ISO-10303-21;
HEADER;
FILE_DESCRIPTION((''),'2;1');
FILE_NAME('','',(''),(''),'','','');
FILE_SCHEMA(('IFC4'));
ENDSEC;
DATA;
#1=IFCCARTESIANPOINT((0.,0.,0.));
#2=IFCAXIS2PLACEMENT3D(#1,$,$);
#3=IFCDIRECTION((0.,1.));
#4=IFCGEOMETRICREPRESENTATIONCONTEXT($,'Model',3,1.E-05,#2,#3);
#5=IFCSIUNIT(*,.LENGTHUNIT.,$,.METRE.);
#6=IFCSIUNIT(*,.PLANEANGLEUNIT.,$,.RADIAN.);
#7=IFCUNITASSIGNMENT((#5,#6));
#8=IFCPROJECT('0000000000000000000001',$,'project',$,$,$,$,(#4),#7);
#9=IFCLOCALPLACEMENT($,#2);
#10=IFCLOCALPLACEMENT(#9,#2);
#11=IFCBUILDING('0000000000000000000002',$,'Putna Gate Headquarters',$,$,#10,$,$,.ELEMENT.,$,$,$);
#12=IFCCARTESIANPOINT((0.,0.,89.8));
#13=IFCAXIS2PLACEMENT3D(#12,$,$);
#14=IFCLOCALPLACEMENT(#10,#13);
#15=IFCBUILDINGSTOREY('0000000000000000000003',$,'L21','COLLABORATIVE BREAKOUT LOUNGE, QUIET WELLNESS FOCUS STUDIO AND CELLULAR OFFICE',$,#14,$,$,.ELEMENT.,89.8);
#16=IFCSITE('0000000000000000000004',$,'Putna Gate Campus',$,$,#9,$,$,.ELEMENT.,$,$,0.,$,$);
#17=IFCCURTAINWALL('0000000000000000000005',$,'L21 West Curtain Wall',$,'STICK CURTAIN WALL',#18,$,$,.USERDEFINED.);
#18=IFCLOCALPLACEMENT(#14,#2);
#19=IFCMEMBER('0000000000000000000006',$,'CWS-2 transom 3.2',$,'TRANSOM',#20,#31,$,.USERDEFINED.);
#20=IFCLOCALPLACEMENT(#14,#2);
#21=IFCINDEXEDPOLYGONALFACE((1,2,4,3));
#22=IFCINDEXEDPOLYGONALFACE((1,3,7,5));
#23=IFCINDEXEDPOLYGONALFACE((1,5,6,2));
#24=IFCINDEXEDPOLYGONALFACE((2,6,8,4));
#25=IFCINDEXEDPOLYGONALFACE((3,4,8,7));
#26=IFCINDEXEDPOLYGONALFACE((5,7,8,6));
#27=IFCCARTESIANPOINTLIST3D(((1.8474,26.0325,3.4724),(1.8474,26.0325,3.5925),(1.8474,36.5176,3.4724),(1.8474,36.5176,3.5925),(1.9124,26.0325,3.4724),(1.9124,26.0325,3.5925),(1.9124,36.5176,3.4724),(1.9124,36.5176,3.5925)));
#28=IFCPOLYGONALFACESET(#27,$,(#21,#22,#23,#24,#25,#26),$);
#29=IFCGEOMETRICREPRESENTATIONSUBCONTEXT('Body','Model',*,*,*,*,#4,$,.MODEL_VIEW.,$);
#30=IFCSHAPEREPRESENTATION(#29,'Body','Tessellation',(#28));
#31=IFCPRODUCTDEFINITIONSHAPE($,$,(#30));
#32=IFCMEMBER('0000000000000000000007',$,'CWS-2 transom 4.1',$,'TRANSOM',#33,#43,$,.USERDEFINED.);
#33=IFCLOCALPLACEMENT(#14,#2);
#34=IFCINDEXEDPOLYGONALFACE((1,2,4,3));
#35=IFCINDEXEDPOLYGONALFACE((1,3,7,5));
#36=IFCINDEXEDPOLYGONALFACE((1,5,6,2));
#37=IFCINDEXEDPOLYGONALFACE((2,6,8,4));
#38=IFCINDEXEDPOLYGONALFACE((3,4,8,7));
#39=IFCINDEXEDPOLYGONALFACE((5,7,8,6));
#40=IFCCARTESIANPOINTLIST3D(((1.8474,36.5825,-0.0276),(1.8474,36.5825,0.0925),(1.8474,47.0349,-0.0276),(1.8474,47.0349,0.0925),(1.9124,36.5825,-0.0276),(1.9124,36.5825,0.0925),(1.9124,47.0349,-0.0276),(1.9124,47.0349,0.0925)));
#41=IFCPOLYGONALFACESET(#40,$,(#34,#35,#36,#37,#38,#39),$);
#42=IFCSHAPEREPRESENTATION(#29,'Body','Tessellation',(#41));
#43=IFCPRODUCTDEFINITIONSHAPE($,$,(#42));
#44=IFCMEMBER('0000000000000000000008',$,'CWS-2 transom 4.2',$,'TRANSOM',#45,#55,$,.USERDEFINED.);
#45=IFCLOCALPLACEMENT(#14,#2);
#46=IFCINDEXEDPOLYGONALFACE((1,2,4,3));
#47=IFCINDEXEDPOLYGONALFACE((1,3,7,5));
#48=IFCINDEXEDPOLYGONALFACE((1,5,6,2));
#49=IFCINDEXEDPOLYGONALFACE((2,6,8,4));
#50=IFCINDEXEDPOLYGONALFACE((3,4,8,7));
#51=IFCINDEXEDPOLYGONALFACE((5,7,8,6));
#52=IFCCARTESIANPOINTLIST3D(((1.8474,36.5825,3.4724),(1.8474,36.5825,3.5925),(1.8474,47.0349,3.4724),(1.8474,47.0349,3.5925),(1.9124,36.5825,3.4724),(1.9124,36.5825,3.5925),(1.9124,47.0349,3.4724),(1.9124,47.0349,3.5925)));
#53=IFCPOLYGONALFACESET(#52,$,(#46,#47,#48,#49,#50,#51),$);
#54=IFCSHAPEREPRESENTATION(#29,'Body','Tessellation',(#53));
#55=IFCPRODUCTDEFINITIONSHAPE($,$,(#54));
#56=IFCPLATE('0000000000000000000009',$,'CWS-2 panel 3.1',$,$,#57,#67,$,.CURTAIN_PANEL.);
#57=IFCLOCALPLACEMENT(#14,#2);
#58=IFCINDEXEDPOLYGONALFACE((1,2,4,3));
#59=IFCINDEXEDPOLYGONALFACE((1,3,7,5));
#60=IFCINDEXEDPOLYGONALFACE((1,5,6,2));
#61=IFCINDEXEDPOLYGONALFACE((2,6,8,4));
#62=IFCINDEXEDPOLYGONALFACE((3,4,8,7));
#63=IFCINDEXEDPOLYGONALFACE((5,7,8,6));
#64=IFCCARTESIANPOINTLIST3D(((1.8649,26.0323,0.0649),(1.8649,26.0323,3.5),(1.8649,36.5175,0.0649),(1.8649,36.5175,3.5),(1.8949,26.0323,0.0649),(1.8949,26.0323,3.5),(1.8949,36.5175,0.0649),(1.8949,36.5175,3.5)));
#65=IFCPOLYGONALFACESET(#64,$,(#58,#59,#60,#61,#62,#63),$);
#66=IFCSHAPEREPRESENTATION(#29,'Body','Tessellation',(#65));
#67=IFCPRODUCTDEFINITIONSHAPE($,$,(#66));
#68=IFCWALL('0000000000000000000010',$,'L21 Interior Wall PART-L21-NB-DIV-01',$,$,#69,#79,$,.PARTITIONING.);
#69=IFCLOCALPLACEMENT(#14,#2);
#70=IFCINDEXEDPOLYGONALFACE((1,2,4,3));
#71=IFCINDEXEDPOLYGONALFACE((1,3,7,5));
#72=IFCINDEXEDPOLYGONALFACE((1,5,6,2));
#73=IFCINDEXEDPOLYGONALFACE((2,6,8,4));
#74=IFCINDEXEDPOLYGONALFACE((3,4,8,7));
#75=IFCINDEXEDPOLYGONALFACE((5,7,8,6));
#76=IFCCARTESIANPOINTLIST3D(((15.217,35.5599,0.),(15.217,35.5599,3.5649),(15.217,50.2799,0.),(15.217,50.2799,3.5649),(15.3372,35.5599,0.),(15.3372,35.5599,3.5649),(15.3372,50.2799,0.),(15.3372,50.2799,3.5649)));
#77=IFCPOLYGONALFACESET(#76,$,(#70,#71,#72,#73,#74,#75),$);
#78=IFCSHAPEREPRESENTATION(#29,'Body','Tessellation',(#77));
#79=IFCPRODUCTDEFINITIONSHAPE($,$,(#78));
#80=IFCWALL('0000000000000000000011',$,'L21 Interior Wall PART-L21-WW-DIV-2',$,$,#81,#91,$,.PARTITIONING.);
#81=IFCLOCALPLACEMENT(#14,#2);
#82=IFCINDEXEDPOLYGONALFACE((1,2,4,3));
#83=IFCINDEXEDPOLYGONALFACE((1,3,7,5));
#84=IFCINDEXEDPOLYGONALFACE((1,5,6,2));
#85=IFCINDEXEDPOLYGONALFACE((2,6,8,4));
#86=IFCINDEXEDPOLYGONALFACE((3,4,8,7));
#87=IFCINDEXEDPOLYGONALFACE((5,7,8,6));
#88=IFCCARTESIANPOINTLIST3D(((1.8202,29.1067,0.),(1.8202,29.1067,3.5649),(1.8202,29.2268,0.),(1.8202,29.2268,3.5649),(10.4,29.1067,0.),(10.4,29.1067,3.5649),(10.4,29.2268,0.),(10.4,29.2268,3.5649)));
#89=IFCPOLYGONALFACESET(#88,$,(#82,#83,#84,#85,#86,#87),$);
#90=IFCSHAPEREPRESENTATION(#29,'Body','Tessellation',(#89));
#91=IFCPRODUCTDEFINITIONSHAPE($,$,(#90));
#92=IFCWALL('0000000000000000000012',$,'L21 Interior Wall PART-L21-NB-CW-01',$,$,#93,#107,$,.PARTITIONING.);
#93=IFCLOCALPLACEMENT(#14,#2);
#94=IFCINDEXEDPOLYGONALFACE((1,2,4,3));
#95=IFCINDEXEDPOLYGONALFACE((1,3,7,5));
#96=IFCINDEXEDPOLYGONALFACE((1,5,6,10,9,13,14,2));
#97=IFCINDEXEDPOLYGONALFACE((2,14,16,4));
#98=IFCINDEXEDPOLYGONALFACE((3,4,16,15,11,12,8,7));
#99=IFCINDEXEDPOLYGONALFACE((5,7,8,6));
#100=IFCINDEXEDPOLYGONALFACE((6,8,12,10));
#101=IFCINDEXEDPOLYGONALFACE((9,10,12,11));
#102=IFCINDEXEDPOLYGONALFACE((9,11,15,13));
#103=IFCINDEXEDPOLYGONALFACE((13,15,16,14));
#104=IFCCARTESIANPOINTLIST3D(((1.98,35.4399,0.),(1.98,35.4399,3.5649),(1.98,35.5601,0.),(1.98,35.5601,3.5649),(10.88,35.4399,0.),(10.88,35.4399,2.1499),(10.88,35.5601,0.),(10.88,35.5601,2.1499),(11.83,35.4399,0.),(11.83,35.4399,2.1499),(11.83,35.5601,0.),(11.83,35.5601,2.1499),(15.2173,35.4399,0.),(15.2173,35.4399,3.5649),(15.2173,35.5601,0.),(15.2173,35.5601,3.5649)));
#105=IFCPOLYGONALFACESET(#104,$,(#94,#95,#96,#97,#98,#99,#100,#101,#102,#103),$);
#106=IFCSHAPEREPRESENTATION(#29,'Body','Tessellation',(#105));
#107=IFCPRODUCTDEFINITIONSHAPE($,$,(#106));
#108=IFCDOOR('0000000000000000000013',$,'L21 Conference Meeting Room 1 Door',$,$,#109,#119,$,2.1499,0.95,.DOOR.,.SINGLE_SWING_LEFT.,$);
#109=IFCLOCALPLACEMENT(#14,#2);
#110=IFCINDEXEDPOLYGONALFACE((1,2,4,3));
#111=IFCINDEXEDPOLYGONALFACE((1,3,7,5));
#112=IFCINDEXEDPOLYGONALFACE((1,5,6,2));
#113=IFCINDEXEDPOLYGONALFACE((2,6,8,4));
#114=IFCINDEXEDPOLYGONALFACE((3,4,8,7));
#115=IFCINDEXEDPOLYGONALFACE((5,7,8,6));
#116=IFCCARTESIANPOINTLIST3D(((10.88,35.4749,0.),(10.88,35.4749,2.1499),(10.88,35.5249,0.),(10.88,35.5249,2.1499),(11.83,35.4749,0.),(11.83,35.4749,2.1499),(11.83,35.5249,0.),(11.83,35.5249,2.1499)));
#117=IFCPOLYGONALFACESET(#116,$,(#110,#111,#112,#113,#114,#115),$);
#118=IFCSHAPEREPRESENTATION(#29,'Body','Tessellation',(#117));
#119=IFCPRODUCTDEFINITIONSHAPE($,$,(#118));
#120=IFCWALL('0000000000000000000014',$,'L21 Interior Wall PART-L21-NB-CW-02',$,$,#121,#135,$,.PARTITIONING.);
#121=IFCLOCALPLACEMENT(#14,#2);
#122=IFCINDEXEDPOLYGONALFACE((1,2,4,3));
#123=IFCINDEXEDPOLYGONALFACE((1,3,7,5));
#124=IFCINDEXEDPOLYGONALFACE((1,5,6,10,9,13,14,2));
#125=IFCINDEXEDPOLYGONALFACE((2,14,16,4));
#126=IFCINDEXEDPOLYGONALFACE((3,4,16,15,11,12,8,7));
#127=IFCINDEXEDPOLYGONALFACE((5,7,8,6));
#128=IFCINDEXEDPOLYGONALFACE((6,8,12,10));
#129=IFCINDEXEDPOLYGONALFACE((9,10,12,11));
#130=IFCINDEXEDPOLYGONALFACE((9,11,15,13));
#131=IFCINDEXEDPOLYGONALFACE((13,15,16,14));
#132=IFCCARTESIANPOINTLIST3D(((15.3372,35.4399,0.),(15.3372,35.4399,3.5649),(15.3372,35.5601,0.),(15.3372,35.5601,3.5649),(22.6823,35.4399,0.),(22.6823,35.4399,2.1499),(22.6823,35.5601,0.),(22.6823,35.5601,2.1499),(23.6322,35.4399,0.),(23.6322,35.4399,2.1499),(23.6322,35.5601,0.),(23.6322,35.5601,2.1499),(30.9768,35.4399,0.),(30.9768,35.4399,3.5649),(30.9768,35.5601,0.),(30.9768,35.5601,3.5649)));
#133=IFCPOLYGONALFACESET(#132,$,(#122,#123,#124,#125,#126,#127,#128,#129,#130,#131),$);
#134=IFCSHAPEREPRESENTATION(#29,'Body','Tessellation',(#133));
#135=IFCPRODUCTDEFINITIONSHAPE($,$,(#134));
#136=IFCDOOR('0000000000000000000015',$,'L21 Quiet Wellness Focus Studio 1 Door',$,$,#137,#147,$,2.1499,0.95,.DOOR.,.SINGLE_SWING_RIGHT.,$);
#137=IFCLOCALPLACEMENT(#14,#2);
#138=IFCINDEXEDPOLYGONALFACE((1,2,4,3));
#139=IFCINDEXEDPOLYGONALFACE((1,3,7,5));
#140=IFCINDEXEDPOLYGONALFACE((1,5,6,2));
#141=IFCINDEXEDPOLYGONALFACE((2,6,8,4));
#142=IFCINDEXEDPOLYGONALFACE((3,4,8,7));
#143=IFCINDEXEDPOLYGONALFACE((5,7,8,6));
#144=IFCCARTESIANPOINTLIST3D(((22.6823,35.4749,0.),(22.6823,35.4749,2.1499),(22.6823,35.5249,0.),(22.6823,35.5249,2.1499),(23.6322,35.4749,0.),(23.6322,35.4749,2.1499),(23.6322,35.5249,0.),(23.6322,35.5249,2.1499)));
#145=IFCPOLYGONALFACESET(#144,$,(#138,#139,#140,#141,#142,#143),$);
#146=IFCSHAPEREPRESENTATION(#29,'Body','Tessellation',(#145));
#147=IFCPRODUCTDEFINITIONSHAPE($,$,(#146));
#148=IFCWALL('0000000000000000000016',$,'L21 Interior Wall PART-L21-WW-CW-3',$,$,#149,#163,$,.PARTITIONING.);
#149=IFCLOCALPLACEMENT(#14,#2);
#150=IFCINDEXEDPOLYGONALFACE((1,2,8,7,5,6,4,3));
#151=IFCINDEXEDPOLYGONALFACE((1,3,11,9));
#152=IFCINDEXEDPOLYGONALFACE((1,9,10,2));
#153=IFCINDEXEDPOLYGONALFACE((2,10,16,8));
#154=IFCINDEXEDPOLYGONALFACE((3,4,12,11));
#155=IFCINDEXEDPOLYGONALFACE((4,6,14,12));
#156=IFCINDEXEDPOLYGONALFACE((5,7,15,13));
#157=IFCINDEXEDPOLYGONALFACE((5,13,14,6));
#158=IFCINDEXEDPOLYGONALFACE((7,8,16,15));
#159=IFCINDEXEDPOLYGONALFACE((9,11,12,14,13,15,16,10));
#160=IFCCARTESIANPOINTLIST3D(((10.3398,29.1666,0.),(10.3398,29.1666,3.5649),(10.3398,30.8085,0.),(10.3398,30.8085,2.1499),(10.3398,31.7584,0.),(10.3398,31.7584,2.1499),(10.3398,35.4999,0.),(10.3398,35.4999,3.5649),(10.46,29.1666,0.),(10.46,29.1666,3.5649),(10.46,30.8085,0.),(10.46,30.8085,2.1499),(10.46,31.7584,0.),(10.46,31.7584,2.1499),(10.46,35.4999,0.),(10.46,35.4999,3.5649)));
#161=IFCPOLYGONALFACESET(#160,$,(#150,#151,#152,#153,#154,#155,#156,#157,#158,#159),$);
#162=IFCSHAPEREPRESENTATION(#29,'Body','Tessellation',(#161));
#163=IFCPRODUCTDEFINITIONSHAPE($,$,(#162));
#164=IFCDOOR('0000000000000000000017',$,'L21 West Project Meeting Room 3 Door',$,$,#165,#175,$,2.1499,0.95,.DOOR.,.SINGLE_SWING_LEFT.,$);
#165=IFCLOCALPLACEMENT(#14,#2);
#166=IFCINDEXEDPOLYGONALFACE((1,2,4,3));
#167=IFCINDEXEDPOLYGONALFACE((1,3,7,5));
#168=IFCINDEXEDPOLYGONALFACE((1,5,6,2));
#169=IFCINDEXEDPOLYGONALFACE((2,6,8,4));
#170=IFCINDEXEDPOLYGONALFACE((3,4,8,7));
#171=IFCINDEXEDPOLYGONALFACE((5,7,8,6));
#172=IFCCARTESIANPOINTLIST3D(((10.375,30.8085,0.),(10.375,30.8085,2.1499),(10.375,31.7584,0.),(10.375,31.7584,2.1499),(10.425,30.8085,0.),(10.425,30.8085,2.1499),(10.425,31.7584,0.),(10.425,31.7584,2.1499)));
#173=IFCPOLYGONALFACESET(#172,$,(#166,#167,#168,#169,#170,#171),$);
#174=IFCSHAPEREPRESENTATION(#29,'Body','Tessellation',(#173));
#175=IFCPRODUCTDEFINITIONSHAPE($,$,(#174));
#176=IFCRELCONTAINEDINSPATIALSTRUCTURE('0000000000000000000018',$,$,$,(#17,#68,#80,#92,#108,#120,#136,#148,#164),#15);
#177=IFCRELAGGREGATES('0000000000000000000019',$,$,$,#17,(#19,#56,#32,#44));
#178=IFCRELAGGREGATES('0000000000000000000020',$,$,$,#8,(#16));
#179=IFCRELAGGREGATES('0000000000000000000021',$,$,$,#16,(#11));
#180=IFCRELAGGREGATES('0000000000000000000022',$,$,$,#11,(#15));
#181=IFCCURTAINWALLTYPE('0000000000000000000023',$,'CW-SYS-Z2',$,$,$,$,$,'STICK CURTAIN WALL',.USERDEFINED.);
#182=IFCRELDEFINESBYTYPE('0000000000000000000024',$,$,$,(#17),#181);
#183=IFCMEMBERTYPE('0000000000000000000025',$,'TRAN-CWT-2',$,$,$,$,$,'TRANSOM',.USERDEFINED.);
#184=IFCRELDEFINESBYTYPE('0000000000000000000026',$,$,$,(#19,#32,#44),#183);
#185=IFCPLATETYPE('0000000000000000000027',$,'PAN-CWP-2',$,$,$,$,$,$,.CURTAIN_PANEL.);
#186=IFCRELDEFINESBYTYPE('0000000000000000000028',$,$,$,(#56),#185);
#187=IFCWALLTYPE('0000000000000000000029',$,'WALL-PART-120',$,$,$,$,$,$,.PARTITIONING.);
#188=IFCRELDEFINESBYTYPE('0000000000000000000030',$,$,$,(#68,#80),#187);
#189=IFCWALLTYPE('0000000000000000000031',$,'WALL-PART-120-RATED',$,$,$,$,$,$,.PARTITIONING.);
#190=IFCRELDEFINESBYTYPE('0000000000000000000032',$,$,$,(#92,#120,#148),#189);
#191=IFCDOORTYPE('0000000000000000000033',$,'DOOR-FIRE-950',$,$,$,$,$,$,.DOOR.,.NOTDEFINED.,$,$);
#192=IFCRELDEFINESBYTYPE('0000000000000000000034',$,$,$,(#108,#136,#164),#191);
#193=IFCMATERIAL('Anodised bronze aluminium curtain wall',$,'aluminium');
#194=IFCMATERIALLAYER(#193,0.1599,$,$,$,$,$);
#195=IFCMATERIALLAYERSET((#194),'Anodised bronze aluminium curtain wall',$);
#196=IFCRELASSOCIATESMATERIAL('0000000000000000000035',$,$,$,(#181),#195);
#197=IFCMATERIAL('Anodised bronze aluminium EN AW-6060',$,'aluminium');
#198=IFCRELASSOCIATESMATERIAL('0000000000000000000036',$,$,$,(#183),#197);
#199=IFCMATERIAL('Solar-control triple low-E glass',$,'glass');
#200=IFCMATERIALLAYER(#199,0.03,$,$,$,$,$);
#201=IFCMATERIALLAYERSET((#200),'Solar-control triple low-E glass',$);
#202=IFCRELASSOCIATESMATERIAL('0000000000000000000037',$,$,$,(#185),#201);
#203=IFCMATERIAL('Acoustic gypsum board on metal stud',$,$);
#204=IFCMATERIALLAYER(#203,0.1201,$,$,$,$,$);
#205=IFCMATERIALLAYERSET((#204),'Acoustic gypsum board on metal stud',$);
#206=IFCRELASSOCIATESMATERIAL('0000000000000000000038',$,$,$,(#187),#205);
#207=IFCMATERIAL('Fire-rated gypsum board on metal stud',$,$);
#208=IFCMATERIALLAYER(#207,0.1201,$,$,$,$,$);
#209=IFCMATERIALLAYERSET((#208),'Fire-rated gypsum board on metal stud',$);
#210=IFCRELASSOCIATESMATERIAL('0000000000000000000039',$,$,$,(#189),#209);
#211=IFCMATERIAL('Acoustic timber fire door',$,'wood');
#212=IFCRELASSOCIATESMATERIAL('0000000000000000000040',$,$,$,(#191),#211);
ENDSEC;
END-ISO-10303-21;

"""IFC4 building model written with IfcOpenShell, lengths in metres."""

from ifc_helpers import new_model, si_unit, direction, frame, frame_2d, origin, origin_2d, place, context, subcontext, project, spatial, rectangle, extrude, material, layer, layer_set, material_profile, profile_set, type_object, element, fill, aggregate, save


model = new_model("IFC4")

# Units and contexts
model_context = context("Model", 3, precision=1e-05, world=origin(), true_north=direction((0.0, 1.0)))
body_context = subcontext(model_context, "Body", "Model", "MODEL_VIEW")
ifc_project = project(units=[si_unit("LENGTHUNIT", "METRE"), si_unit("PLANEANGLEUNIT", "RADIAN")], contexts=[model_context])

# Site, building, storey
site_placement = place(None, origin())
site = spatial("IfcSite", under=ifc_project, at=site_placement, Name="Putna Gate Campus", CompositionType="ELEMENT", RefElevation=0.0)
building_placement = place(site_placement, origin())
building = spatial("IfcBuilding", under=site, at=building_placement, Name="Putna Gate Headquarters", CompositionType="ELEMENT")
storey_placement = place(building_placement, frame((0.0, 0.0, 89.8)))
storey = spatial("IfcBuildingStorey", under=building, at=storey_placement, Name="L21", Description="COLLABORATIVE BREAKOUT LOUNGE, QUIET WELLNESS FOCUS STUDIO AND CELLULAR OFFICE", CompositionType="ELEMENT", Elevation=89.8)

# Curtain wall, members, plate
ifc_material_1 = material(Name="Anodised bronze aluminium curtain wall", Category="aluminium")
ifc_layer_1 = layer(ifc_material_1, 0.1599)
ifc_layer_set_1 = layer_set([ifc_layer_1], Name="Anodised bronze aluminium curtain wall")
curtain_wall_type = type_object("IfcCurtainWallType", Name="CW-SYS-Z2", ElementType="STICK CURTAIN WALL", PredefinedType="USERDEFINED", material=ifc_layer_set_1)
curtain_wall_placement = place(storey_placement, origin())
curtain_wall = element("IfcCurtainWall", 1, at=curtain_wall_placement, inside=storey, type_object=curtain_wall_type, Name="L21 West Curtain Wall", ObjectType="STICK CURTAIN WALL", PredefinedType="USERDEFINED")
ifc_material_2 = material(Name="Anodised bronze aluminium EN AW-6060", Category="aluminium")
ifc_material_profile_1 = material_profile(ifc_material_2, rectangle(XDim=0.0649, YDim=0.1201, at=origin_2d()), Name="Anodised bronze aluminium EN AW-6060")
ifc_profile_set_1 = profile_set([ifc_material_profile_1], Name="Anodised bronze aluminium EN AW-6060")
member_type_1 = type_object("IfcMemberType", Name="TRAN-CWT-2", ElementType="TRANSOM", PredefinedType="USERDEFINED", material=ifc_profile_set_1)
member_1_placement = place(storey_placement, frame((1.8799, 26.0325, 3.5325), z_axis=(0.0, 1.0, 0.0), x_axis=(-1.0, 0.0, 0.0)))
member_1 = element("IfcMember", 2, at=member_1_placement, type_object=member_type_1, Name="CWS-2 transom 3.2", ObjectType="TRANSOM", PredefinedType="USERDEFINED", context=body_context, shape_type="SweptSolid", body=[
    extrude(rectangle(XDim=0.0649, YDim=0.1201, at=origin_2d()), origin(), (0.0, 0.0, 1.0), 10.4851),
])
member_2_placement = place(storey_placement, frame((1.8799, 36.5825, 0.0325), z_axis=(0.0, 1.0, 0.0), x_axis=(-1.0, 0.0, 0.0)))
member_2 = element("IfcMember", 3, at=member_2_placement, type_object=member_type_1, Name="CWS-2 transom 4.1", ObjectType="TRANSOM", PredefinedType="USERDEFINED", context=body_context, shape_type="SweptSolid", body=[
    extrude(rectangle(XDim=0.0649, YDim=0.1201, at=origin_2d()), origin(), (0.0, 0.0, 1.0), 10.4524),
])
member_3_placement = place(storey_placement, frame((1.8799, 36.5825, 3.5325), z_axis=(0.0, 1.0, 0.0), x_axis=(-1.0, 0.0, 0.0)))
member_3 = element("IfcMember", 4, at=member_3_placement, type_object=member_type_1, Name="CWS-2 transom 4.2", ObjectType="TRANSOM", PredefinedType="USERDEFINED", context=body_context, shape_type="SweptSolid", body=[
    extrude(rectangle(XDim=0.0649, YDim=0.1201, at=origin_2d()), origin(), (0.0, 0.0, 1.0), 10.4524),
])
ifc_material_3 = material(Name="Solar-control triple low-E glass", Category="glass")
ifc_layer_2 = layer(ifc_material_3, 0.03)
ifc_layer_set_2 = layer_set([ifc_layer_2], Name="Solar-control triple low-E glass")
plate_type = type_object("IfcPlateType", Name="PAN-CWP-2", PredefinedType="CURTAIN_PANEL", material=ifc_layer_set_2)
plate_placement = place(storey_placement, frame((1.8799, 31.2749, 0.0649), z_axis=(0.0, 0.0, 1.0), x_axis=(0.0, 1.0, 0.0)))
plate = element("IfcPlate", 5, at=plate_placement, type_object=plate_type, Name="CWS-2 panel 3.1", PredefinedType="CURTAIN_PANEL", context=body_context, shape_type="SweptSolid", body=[
    extrude(rectangle(XDim=10.4851, YDim=0.03, at=origin_2d()), origin(), (0.0, 0.0, 1.0), 3.4351),
])
aggregate(curtain_wall, [member_1, plate, member_2, member_3])

# Walls
ifc_material_4 = material(Name="Acoustic gypsum board on metal stud")
ifc_layer_3 = layer(ifc_material_4, 0.1201)
ifc_layer_set_3 = layer_set([ifc_layer_3], Name="Acoustic gypsum board on metal stud")
wall_type_1 = type_object("IfcWallType", Name="WALL-PART-120", PredefinedType="PARTITIONING", material=ifc_layer_set_3)
wall_1_placement = place(storey_placement, frame((15.2771, 35.5601, 0.0), z_axis=(0.0, 0.0, 1.0), x_axis=(0.0, 1.0, 0.0)))
element("IfcWall", 6, at=wall_1_placement, inside=storey, type_object=wall_type_1, Name="L21 Interior Wall PART-L21-NB-DIV-01", PredefinedType="PARTITIONING", context=body_context, shape_type="SweptSolid", body=[
    extrude(rectangle(XDim=14.72, YDim=0.1201, at=frame_2d((7.3599, 0.0))), origin(), (0.0, 0.0, 1.0), 3.5649),
])
wall_2_placement = place(storey_placement, frame((1.8201, 29.1667, 0.0), z_axis=(0.0, 0.0, 1.0), x_axis=(1.0, 0.0, 0.0)))
element("IfcWall", 7, at=wall_2_placement, inside=storey, type_object=wall_type_1, Name="L21 Interior Wall PART-L21-WW-DIV-2", PredefinedType="PARTITIONING", context=body_context, shape_type="SweptSolid", body=[
    extrude(rectangle(XDim=8.5798, YDim=0.1201, at=frame_2d((4.29, 0.0))), origin(), (0.0, 0.0, 1.0), 3.5649),
])

# Walls, openings, doors
ifc_material_5 = material(Name="Fire-rated gypsum board on metal stud")
ifc_layer_4 = layer(ifc_material_5, 0.1201)
ifc_layer_set_4 = layer_set([ifc_layer_4], Name="Fire-rated gypsum board on metal stud")
wall_type_2 = type_object("IfcWallType", Name="WALL-PART-120-RATED", PredefinedType="PARTITIONING", material=ifc_layer_set_4)
wall_3_placement = place(storey_placement, frame((1.98, 35.5, 0.0), z_axis=(0.0, 0.0, 1.0), x_axis=(1.0, 0.0, 0.0)))
wall_3 = element("IfcWall", 8, at=wall_3_placement, inside=storey, type_object=wall_type_2, Name="L21 Interior Wall PART-L21-NB-CW-01", PredefinedType="PARTITIONING", context=body_context, shape_type="SweptSolid", body=[
    extrude(rectangle(XDim=13.2373, YDim=0.1201, at=frame_2d((6.6187, 0.0))), origin(), (0.0, 0.0, 1.0), 3.5649),
])
opening_1_placement = place(wall_3_placement, frame((8.8999, 0.0, 0.0)))
opening_1 = element("IfcOpeningElement", 9, at=opening_1_placement, cuts=wall_3, PredefinedType="OPENING", context=body_context, shape_type="SweptSolid", body=[
    extrude(rectangle(XDim=0.95, YDim=2.1499, at=frame_2d((0.4751, 1.075))), frame((0.0, 0.0701, 0.0), z_axis=(0.0, -1.0, 0.0), x_axis=(1.0, 0.0, 0.0)), (0.0, 0.0, 1.0), 0.1401),
])
ifc_material_6 = material(Name="Acoustic timber fire door", Category="wood")
door_type_1 = type_object("IfcDoorType", Name="DOOR-FIRE-950", OperationType="NOTDEFINED", PredefinedType="DOOR", material=ifc_material_6)
door_1_placement = place(opening_1_placement, origin())
door_1 = element("IfcDoor", 10, at=door_1_placement, inside=storey, type_object=door_type_1, Name="L21 Conference Meeting Room 1 Door", OperationType="SINGLE_SWING_LEFT", OverallHeight=2.1499, OverallWidth=0.95, PredefinedType="DOOR", context=body_context, shape_type="SweptSolid", body=[
    extrude(rectangle(XDim=0.95, YDim=2.1499, at=frame_2d((0.4751, 1.075))), frame((0.0, 0.0249, 0.0), z_axis=(0.0, -1.0, 0.0), x_axis=(1.0, 0.0, 0.0)), (0.0, 0.0, 1.0), 0.05),
])
fill(opening_1, door_1)
wall_4_placement = place(storey_placement, frame((15.3372, 35.5, 0.0), z_axis=(0.0, 0.0, 1.0), x_axis=(1.0, 0.0, 0.0)))
wall_4 = element("IfcWall", 11, at=wall_4_placement, inside=storey, type_object=wall_type_2, Name="L21 Interior Wall PART-L21-NB-CW-02", PredefinedType="PARTITIONING", context=body_context, shape_type="SweptSolid", body=[
    extrude(rectangle(XDim=15.6396, YDim=0.1201, at=frame_2d((7.8198, 0.0))), origin(), (0.0, 0.0, 1.0), 3.5649),
])
opening_2_placement = place(wall_4_placement, frame((7.345, 0.0, 0.0)))
opening_2 = element("IfcOpeningElement", 12, at=opening_2_placement, cuts=wall_4, PredefinedType="OPENING", context=body_context, shape_type="SweptSolid", body=[
    extrude(rectangle(XDim=0.95, YDim=2.1499, at=frame_2d((0.4751, 1.075))), frame((0.0, 0.0701, 0.0), z_axis=(0.0, -1.0, 0.0), x_axis=(1.0, 0.0, 0.0)), (0.0, 0.0, 1.0), 0.1401),
])
door_2_placement = place(opening_2_placement, origin())
door_2 = element("IfcDoor", 13, at=door_2_placement, inside=storey, type_object=door_type_1, Name="L21 Quiet Wellness Focus Studio 1 Door", OperationType="SINGLE_SWING_RIGHT", OverallHeight=2.1499, OverallWidth=0.95, PredefinedType="DOOR", context=body_context, shape_type="SweptSolid", body=[
    extrude(rectangle(XDim=0.95, YDim=2.1499, at=frame_2d((0.4751, 1.075))), frame((0.0, 0.0249, 0.0), z_axis=(0.0, -1.0, 0.0), x_axis=(1.0, 0.0, 0.0)), (0.0, 0.0, 1.0), 0.05),
])
fill(opening_2, door_2)
wall_5_placement = place(storey_placement, frame((10.3999, 29.1667, 0.0), z_axis=(0.0, 0.0, 1.0), x_axis=(0.0, 1.0, 0.0)))
wall_5 = element("IfcWall", 14, at=wall_5_placement, inside=storey, type_object=wall_type_2, Name="L21 Interior Wall PART-L21-WW-CW-3", PredefinedType="PARTITIONING", context=body_context, shape_type="SweptSolid", body=[
    extrude(rectangle(XDim=6.3333, YDim=0.1201, at=frame_2d((3.1665, 0.0))), origin(), (0.0, 0.0, 1.0), 3.5649),
])
opening_3_placement = place(wall_5_placement, frame((1.6416, 0.0, 0.0)))
opening_3 = element("IfcOpeningElement", 15, at=opening_3_placement, cuts=wall_5, PredefinedType="OPENING", context=body_context, shape_type="SweptSolid", body=[
    extrude(rectangle(XDim=0.95, YDim=2.1499, at=frame_2d((0.4751, 1.075))), frame((0.0, 0.0701, 0.0), z_axis=(0.0, -1.0, 0.0), x_axis=(1.0, 0.0, 0.0)), (0.0, 0.0, 1.0), 0.1401),
])
door_3_placement = place(opening_3_placement, origin())
door_3 = element("IfcDoor", 16, at=door_3_placement, inside=storey, type_object=door_type_1, Name="L21 West Project Meeting Room 3 Door", OperationType="SINGLE_SWING_LEFT", OverallHeight=2.1499, OverallWidth=0.95, PredefinedType="DOOR", context=body_context, shape_type="SweptSolid", body=[
    extrude(rectangle(XDim=0.95, YDim=2.1499, at=frame_2d((0.4751, 1.075))), frame((0.0, 0.0249, 0.0), z_axis=(0.0, -1.0, 0.0), x_axis=(1.0, 0.0, 0.0)), (0.0, 0.0, 1.0), 0.05),
])
fill(opening_3, door_3)

save(model, "model.ifc")
